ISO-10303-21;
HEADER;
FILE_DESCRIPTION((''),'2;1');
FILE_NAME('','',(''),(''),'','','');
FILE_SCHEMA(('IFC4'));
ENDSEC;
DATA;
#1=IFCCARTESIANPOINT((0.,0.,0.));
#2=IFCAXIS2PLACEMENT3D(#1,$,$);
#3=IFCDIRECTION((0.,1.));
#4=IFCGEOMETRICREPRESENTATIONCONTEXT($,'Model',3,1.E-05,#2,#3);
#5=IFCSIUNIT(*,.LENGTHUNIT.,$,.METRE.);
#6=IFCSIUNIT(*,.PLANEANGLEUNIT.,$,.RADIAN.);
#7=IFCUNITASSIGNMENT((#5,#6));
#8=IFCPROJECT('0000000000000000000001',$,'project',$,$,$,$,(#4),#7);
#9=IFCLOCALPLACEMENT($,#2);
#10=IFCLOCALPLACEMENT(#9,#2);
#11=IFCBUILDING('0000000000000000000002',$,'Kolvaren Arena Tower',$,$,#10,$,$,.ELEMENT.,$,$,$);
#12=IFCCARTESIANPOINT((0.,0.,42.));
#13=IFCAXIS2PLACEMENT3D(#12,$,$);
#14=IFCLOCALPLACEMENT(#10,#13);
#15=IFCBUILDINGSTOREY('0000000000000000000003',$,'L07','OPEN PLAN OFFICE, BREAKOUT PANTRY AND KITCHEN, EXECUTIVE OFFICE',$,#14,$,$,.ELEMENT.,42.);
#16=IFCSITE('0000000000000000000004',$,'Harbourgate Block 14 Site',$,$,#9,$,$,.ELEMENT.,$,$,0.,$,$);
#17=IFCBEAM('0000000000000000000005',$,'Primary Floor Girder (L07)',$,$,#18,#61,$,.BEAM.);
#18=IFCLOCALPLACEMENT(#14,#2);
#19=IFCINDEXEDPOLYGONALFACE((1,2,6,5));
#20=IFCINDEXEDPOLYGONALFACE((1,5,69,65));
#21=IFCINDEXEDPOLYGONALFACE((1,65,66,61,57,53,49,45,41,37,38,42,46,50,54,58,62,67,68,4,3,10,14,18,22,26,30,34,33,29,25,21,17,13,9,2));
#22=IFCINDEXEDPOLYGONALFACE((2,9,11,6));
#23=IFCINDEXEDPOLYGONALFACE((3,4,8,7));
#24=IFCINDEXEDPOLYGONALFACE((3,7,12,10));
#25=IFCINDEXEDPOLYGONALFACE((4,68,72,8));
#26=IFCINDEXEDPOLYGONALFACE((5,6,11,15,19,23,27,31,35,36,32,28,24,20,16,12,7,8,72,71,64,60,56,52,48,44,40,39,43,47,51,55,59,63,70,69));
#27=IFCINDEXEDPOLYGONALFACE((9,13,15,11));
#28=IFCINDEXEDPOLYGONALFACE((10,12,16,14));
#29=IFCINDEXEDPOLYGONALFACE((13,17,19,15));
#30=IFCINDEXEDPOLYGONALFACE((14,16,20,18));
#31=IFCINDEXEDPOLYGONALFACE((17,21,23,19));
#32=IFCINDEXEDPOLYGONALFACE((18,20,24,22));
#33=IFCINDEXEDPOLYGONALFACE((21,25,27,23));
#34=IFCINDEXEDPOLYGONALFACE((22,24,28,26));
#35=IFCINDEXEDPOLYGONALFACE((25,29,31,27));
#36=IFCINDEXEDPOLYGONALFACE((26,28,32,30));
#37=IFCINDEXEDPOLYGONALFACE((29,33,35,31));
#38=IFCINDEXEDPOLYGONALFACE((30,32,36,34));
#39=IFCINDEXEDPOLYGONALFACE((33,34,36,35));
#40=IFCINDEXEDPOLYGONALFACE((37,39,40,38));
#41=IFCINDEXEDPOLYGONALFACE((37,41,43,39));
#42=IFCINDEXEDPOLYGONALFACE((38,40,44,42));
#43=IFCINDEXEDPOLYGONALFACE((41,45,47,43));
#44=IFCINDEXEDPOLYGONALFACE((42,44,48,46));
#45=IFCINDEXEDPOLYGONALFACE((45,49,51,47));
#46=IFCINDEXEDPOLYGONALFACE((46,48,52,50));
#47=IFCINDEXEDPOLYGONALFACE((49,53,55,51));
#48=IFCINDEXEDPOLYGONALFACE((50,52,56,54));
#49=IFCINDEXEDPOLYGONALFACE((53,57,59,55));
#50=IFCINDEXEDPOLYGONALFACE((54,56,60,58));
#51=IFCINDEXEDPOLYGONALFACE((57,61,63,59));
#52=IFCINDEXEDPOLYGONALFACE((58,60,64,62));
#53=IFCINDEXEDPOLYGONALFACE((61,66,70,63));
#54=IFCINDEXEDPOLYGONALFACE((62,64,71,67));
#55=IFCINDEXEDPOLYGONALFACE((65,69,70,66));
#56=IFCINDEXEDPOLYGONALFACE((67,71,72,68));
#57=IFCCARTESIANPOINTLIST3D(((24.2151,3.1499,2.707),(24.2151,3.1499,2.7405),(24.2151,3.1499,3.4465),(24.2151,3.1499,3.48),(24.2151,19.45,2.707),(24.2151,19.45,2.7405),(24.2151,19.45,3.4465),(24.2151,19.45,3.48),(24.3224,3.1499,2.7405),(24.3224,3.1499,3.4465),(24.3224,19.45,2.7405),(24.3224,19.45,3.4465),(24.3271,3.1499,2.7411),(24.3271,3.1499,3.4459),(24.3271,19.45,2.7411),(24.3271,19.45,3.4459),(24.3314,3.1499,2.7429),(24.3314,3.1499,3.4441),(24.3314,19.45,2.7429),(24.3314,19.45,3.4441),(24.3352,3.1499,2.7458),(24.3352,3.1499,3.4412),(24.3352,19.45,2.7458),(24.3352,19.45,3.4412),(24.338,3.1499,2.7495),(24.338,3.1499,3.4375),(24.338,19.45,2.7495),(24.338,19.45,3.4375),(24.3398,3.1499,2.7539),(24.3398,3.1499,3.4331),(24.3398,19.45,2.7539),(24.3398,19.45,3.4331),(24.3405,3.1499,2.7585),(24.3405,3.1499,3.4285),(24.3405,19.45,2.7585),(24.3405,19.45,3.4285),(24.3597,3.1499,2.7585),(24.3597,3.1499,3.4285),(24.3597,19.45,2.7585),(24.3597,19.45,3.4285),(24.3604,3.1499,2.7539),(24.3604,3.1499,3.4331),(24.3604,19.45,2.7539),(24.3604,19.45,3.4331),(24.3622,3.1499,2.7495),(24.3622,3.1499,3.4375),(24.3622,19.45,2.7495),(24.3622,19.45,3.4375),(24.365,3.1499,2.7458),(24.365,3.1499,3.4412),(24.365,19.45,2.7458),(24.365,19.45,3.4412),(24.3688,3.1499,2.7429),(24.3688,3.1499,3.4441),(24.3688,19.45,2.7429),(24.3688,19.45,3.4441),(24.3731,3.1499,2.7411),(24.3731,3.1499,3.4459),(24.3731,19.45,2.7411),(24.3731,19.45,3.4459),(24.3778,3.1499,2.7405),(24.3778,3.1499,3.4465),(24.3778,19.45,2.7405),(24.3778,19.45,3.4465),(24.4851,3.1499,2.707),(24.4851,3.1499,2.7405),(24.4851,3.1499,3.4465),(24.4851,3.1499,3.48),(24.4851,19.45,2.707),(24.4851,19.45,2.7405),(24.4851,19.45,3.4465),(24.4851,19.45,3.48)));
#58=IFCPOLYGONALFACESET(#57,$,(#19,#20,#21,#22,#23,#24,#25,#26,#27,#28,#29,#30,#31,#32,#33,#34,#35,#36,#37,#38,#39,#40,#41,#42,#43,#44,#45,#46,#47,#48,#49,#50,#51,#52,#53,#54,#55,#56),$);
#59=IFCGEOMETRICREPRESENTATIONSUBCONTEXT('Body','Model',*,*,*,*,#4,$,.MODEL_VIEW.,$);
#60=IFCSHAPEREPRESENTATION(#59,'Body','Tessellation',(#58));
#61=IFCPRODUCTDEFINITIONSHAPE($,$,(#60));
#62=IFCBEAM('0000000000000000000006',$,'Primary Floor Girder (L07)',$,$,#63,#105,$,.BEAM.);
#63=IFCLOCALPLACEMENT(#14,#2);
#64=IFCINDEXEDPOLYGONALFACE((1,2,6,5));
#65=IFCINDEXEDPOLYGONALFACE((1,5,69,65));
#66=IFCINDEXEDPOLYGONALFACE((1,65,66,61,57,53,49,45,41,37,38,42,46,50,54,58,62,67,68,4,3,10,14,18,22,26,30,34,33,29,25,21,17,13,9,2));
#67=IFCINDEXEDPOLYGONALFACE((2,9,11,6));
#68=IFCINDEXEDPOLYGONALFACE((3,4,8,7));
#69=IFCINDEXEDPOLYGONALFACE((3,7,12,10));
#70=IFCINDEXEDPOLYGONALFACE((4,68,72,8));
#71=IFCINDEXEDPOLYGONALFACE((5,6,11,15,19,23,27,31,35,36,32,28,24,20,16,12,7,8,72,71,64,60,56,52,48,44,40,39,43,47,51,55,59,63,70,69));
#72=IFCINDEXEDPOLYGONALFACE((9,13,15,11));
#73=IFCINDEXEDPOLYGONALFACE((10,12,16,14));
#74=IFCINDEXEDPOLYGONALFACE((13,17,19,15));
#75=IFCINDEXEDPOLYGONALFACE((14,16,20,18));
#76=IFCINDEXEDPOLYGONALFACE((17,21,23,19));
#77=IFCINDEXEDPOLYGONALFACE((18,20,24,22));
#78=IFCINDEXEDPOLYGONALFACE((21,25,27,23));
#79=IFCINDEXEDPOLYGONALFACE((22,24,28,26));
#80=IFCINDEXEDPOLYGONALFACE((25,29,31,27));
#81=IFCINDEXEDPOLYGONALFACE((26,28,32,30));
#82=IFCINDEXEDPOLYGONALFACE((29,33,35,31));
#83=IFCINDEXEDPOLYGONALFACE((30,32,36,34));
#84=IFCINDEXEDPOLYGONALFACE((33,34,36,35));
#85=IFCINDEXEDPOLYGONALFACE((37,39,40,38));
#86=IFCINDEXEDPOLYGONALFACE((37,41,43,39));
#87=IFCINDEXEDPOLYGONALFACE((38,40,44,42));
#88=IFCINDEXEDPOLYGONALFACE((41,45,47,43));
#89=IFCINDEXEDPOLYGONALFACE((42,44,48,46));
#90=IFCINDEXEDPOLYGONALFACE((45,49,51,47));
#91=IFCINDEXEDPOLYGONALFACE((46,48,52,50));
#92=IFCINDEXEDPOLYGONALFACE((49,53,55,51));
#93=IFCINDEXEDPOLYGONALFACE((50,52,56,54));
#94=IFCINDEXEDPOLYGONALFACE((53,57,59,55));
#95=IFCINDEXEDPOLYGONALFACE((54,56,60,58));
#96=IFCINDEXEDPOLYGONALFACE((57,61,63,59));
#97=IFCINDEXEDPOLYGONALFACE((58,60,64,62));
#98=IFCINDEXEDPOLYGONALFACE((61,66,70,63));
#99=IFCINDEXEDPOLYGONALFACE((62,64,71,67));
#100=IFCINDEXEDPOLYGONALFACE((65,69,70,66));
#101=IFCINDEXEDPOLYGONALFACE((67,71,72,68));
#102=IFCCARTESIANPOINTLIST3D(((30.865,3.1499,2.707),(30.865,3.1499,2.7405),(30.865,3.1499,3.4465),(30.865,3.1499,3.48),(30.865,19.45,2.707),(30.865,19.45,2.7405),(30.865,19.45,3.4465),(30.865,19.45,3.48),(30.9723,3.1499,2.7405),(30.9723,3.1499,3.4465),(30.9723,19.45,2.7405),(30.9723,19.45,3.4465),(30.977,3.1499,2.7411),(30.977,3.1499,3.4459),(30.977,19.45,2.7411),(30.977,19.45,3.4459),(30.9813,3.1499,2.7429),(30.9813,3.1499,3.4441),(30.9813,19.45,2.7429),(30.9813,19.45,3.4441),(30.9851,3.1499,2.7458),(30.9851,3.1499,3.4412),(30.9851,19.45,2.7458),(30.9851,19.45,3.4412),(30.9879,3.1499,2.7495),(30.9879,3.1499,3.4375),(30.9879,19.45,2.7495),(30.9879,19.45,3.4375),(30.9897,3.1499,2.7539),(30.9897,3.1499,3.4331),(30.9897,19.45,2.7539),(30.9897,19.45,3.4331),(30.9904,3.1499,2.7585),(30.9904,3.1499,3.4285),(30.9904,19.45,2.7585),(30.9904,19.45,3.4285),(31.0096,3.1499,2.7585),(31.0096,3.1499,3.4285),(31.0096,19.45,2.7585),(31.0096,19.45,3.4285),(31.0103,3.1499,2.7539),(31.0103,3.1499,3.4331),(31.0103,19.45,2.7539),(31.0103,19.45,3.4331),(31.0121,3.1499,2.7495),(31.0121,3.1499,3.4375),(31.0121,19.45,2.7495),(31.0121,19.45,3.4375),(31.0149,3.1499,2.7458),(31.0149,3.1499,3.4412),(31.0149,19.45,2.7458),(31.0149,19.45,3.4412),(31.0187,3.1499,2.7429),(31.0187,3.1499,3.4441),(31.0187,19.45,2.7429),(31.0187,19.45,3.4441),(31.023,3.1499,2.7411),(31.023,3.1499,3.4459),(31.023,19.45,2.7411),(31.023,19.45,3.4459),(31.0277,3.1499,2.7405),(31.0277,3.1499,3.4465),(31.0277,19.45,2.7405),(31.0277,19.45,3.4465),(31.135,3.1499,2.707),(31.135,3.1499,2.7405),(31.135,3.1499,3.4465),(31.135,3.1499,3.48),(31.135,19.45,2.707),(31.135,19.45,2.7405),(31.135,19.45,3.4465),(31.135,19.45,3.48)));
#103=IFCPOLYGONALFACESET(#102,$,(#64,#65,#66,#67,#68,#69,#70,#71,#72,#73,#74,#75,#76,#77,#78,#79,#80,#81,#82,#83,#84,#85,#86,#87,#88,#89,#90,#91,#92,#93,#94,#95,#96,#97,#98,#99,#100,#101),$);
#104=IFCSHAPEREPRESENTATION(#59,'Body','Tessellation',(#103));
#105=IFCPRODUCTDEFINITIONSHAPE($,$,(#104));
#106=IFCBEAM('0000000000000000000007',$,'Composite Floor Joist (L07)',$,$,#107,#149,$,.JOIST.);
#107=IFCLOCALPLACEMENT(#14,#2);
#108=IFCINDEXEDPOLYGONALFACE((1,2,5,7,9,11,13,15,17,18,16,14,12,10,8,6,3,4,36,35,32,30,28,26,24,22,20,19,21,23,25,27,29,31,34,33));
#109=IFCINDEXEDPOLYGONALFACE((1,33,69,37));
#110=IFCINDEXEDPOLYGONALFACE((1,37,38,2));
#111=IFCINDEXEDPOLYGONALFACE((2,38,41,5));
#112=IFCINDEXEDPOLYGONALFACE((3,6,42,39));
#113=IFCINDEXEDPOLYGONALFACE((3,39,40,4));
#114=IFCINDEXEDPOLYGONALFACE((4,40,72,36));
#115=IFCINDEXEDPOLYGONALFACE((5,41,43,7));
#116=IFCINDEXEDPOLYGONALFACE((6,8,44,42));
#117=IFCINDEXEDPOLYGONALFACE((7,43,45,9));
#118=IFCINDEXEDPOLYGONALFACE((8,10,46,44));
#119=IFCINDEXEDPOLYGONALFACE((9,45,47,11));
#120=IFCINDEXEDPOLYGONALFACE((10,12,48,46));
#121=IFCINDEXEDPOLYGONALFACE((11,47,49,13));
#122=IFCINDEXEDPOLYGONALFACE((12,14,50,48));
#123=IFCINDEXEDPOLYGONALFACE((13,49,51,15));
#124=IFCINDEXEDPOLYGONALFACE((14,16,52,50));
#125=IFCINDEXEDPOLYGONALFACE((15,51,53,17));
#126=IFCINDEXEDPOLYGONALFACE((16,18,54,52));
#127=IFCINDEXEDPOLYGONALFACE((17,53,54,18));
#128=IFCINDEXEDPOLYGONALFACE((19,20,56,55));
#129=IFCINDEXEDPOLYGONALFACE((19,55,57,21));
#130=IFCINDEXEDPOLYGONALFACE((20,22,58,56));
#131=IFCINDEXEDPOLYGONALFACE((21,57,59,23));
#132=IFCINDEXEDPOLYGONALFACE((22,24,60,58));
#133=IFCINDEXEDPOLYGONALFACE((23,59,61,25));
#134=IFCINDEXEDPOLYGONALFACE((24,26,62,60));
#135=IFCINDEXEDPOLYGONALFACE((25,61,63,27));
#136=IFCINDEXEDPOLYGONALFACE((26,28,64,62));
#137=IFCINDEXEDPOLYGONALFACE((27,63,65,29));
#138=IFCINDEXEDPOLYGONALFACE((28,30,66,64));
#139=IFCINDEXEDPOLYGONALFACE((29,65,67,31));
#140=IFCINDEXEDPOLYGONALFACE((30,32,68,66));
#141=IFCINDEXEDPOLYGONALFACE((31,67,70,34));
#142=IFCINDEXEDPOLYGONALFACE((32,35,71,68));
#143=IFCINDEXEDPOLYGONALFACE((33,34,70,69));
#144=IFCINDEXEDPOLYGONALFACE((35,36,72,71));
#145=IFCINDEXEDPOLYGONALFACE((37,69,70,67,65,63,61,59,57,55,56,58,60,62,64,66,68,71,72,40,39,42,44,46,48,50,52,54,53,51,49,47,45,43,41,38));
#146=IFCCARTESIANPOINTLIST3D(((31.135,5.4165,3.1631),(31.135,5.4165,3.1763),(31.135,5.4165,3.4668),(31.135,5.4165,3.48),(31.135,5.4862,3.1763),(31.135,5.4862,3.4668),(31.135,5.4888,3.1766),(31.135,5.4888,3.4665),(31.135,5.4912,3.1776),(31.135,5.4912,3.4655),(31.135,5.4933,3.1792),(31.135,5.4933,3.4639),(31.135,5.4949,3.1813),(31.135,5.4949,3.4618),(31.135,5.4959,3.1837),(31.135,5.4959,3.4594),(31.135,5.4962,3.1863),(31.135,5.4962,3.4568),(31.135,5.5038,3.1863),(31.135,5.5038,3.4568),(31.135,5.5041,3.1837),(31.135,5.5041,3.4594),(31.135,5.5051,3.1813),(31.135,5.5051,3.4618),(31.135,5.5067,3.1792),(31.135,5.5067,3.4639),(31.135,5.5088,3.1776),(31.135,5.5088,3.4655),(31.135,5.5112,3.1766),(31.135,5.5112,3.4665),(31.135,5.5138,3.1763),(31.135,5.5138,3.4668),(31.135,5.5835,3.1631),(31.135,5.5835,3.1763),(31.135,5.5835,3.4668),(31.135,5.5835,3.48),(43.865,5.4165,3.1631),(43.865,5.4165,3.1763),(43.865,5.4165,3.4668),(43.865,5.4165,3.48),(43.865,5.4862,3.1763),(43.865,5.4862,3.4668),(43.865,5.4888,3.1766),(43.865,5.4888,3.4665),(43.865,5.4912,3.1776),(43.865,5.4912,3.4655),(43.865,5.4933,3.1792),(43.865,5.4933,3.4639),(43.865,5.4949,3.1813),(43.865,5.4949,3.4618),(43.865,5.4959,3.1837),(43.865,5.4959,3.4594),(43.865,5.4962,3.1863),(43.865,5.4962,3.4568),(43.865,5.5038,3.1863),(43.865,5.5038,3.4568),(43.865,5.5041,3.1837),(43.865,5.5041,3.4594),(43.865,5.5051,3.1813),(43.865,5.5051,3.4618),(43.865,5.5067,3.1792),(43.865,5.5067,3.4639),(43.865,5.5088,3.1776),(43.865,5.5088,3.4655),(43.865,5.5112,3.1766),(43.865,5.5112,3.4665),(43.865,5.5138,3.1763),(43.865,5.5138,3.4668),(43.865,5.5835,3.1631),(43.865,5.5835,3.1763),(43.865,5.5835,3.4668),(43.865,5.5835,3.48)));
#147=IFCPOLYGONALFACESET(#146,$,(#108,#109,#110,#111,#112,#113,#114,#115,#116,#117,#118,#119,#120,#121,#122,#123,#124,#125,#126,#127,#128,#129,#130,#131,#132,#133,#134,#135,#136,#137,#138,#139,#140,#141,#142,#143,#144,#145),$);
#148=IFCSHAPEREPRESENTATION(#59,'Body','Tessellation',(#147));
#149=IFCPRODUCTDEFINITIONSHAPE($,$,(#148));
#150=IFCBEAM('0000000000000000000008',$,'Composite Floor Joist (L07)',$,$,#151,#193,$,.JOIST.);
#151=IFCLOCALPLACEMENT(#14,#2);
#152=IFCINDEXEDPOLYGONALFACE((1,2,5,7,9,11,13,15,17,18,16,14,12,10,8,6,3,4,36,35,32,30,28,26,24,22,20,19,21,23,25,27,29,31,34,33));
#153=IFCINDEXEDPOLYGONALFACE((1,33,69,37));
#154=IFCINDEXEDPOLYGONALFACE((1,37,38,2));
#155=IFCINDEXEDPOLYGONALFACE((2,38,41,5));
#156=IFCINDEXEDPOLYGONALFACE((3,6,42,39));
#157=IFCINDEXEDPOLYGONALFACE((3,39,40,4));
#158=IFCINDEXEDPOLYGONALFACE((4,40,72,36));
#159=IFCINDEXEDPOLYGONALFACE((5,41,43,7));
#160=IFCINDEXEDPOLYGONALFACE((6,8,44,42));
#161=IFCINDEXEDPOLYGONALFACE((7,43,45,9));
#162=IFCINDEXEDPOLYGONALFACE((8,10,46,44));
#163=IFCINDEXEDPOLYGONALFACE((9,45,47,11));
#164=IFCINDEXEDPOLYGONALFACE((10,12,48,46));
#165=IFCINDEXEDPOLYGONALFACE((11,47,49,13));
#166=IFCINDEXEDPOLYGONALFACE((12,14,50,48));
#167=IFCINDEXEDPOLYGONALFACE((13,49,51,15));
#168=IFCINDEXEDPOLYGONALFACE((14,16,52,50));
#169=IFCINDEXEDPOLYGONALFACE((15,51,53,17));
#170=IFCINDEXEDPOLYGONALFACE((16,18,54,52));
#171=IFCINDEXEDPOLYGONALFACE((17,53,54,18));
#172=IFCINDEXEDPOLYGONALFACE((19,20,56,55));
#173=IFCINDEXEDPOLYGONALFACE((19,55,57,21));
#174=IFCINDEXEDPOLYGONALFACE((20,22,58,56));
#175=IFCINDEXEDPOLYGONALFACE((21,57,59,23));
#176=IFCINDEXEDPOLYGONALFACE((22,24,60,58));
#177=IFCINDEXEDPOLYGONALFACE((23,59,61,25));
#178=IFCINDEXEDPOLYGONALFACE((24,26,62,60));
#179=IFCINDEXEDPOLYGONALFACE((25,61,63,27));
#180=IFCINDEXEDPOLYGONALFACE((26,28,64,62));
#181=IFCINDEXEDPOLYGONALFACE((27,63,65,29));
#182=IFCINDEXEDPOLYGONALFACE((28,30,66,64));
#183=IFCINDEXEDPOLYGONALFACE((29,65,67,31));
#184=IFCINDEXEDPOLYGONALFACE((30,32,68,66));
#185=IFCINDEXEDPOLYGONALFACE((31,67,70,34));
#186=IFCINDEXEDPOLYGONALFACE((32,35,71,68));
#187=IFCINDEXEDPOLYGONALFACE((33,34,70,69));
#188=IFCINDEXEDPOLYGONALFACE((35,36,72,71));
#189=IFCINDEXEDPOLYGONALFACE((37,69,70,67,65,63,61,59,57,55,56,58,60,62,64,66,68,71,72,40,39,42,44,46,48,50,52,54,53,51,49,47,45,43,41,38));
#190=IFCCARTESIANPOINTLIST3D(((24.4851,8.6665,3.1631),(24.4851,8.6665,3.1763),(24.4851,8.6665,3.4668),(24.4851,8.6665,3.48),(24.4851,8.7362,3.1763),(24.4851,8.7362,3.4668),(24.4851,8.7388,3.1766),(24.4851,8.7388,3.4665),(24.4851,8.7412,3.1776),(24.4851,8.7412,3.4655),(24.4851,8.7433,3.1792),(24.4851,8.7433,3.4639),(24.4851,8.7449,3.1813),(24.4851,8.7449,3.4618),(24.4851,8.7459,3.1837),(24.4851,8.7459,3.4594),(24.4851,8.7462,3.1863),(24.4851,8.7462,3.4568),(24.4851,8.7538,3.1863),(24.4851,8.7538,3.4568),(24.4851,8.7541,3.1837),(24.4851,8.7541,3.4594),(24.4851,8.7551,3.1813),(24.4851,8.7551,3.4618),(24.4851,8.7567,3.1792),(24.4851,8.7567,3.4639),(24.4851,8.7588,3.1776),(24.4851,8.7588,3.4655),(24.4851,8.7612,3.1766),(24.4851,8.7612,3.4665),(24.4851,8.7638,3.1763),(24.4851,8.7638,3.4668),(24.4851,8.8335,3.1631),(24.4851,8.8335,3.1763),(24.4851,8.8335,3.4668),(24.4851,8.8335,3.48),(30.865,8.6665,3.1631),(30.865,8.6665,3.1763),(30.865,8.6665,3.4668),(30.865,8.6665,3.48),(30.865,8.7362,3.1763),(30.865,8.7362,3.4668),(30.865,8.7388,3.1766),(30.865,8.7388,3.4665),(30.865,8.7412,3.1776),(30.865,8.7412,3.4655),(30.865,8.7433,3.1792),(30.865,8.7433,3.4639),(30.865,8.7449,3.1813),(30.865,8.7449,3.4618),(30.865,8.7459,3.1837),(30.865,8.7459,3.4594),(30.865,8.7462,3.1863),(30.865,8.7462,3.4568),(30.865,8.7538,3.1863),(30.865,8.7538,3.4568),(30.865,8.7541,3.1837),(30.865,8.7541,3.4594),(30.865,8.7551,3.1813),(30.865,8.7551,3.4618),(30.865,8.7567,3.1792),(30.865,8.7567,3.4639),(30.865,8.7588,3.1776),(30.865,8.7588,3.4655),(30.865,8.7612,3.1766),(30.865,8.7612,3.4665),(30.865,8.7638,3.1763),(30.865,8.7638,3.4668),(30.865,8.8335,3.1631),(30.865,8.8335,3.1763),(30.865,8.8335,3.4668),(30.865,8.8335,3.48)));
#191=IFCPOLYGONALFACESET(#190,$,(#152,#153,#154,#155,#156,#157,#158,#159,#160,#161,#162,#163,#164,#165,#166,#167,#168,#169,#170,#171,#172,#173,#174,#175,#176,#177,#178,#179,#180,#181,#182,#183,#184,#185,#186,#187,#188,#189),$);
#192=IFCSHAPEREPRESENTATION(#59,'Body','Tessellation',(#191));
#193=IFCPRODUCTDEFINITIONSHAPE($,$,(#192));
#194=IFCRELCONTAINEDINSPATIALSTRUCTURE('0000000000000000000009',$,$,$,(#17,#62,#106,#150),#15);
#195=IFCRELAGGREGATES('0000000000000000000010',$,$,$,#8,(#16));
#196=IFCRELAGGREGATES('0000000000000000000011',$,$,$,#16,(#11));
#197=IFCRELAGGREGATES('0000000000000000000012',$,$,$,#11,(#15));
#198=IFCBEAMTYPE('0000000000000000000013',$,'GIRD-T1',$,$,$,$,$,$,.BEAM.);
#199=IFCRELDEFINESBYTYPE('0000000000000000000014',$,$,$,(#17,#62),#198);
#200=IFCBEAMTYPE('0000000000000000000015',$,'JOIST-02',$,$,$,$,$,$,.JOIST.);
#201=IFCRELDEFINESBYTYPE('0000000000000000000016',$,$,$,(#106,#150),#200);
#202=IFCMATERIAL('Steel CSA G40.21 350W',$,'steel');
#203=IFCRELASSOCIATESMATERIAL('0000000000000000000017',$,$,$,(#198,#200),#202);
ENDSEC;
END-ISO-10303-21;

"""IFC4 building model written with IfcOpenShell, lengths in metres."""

from ifc_helpers import new_model, si_unit, direction, frame, origin, origin_2d, place, context, subcontext, project, spatial, i_section, extrude, material, material_profile, profile_set, type_object, element, save


model = new_model("IFC4")

# Units and contexts
model_context = context("Model", 3, precision=1e-05, world=origin(), true_north=direction((0.0, 1.0)))
body_context = subcontext(model_context, "Body", "Model", "MODEL_VIEW")
ifc_project = project(units=[si_unit("LENGTHUNIT", "METRE"), si_unit("PLANEANGLEUNIT", "RADIAN")], contexts=[model_context])

# Site, building, storey
site_placement = place(None, origin())
site = spatial("IfcSite", under=ifc_project, at=site_placement, Name="Harbourgate Block 14 Site", CompositionType="ELEMENT", RefElevation=0.0)
building_placement = place(site_placement, origin())
building = spatial("IfcBuilding", under=site, at=building_placement, Name="Kolvaren Arena Tower", CompositionType="ELEMENT")
storey_placement = place(building_placement, frame((0.0, 0.0, 42.0)))
storey = spatial("IfcBuildingStorey", under=building, at=storey_placement, Name="L07", Description="OPEN PLAN OFFICE, BREAKOUT PANTRY AND KITCHEN, EXECUTIVE OFFICE", CompositionType="ELEMENT", Elevation=42.0)

# Beams
ifc_material_1 = material(Name="Steel CSA G40.21 350W", Category="steel")
ifc_material_profile_1 = material_profile(ifc_material_1, i_section(OverallWidth=0.27, OverallDepth=0.7729, WebThickness=0.0193, FlangeThickness=0.0334, FilletRadius=0.0181, at=origin_2d()), Name="W760x257")
ifc_profile_set_1 = profile_set([ifc_material_profile_1], Name="Steel CSA G40.21 350W")
beam_type_1 = type_object("IfcBeamType", Name="GIRD-T1", PredefinedType="BEAM", material=ifc_profile_set_1)
for number, where, z_axis, x_axis, name in (
    (1, (24.3501, 3.1499, 3.0935), (0.0, 1.0, 0.0), (-1.0, 0.0, 0.0), "Primary Floor Girder (L07)"),
    (2, (31.0, 3.1499, 3.0935), (0.0, 1.0, 0.0), (-1.0, 0.0, 0.0), "Primary Floor Girder (L07)"),
):
    element("IfcBeam", number, at=place(storey_placement, frame(where, z_axis=z_axis, x_axis=x_axis)), inside=storey, type_object=beam_type_1, Name=name, PredefinedType="BEAM", context=body_context, shape_type="SweptSolid", body=[
        extrude(i_section(OverallWidth=0.27, OverallDepth=0.7729, WebThickness=0.0193, FlangeThickness=0.0334, FilletRadius=0.0181, at=origin_2d()), origin(), (0.0, 0.0, 1.0), 16.3),
    ])
ifc_material_profile_2 = material_profile(ifc_material_1, i_section(OverallWidth=0.167, OverallDepth=0.3169, WebThickness=0.0076, FlangeThickness=0.0132, FilletRadius=0.01, at=origin_2d()), Name="W310x52")
ifc_profile_set_2 = profile_set([ifc_material_profile_2], Name="Steel CSA G40.21 350W")
beam_type_2 = type_object("IfcBeamType", Name="JOIST-02", PredefinedType="JOIST", material=ifc_profile_set_2)
beam_1_placement = place(storey_placement, frame((31.135, 5.5, 3.3215), z_axis=(1.0, 0.0, 0.0), x_axis=(0.0, 1.0, 0.0)))
element("IfcBeam", 3, at=beam_1_placement, inside=storey, type_object=beam_type_2, Name="Composite Floor Joist (L07)", PredefinedType="JOIST", context=body_context, shape_type="SweptSolid", body=[
    extrude(i_section(OverallWidth=0.167, OverallDepth=0.3169, WebThickness=0.0076, FlangeThickness=0.0132, FilletRadius=0.01, at=origin_2d()), origin(), (0.0, 0.0, 1.0), 12.73),
])
beam_2_placement = place(storey_placement, frame((24.4851, 8.75, 3.3215), z_axis=(1.0, 0.0, 0.0), x_axis=(0.0, 1.0, 0.0)))
element("IfcBeam", 4, at=beam_2_placement, inside=storey, type_object=beam_type_2, Name="Composite Floor Joist (L07)", PredefinedType="JOIST", context=body_context, shape_type="SweptSolid", body=[
    extrude(i_section(OverallWidth=0.167, OverallDepth=0.3169, WebThickness=0.0076, FlangeThickness=0.0132, FilletRadius=0.01, at=origin_2d()), origin(), (0.0, 0.0, 1.0), 6.3799),
])

save(model, "model.ifc")
